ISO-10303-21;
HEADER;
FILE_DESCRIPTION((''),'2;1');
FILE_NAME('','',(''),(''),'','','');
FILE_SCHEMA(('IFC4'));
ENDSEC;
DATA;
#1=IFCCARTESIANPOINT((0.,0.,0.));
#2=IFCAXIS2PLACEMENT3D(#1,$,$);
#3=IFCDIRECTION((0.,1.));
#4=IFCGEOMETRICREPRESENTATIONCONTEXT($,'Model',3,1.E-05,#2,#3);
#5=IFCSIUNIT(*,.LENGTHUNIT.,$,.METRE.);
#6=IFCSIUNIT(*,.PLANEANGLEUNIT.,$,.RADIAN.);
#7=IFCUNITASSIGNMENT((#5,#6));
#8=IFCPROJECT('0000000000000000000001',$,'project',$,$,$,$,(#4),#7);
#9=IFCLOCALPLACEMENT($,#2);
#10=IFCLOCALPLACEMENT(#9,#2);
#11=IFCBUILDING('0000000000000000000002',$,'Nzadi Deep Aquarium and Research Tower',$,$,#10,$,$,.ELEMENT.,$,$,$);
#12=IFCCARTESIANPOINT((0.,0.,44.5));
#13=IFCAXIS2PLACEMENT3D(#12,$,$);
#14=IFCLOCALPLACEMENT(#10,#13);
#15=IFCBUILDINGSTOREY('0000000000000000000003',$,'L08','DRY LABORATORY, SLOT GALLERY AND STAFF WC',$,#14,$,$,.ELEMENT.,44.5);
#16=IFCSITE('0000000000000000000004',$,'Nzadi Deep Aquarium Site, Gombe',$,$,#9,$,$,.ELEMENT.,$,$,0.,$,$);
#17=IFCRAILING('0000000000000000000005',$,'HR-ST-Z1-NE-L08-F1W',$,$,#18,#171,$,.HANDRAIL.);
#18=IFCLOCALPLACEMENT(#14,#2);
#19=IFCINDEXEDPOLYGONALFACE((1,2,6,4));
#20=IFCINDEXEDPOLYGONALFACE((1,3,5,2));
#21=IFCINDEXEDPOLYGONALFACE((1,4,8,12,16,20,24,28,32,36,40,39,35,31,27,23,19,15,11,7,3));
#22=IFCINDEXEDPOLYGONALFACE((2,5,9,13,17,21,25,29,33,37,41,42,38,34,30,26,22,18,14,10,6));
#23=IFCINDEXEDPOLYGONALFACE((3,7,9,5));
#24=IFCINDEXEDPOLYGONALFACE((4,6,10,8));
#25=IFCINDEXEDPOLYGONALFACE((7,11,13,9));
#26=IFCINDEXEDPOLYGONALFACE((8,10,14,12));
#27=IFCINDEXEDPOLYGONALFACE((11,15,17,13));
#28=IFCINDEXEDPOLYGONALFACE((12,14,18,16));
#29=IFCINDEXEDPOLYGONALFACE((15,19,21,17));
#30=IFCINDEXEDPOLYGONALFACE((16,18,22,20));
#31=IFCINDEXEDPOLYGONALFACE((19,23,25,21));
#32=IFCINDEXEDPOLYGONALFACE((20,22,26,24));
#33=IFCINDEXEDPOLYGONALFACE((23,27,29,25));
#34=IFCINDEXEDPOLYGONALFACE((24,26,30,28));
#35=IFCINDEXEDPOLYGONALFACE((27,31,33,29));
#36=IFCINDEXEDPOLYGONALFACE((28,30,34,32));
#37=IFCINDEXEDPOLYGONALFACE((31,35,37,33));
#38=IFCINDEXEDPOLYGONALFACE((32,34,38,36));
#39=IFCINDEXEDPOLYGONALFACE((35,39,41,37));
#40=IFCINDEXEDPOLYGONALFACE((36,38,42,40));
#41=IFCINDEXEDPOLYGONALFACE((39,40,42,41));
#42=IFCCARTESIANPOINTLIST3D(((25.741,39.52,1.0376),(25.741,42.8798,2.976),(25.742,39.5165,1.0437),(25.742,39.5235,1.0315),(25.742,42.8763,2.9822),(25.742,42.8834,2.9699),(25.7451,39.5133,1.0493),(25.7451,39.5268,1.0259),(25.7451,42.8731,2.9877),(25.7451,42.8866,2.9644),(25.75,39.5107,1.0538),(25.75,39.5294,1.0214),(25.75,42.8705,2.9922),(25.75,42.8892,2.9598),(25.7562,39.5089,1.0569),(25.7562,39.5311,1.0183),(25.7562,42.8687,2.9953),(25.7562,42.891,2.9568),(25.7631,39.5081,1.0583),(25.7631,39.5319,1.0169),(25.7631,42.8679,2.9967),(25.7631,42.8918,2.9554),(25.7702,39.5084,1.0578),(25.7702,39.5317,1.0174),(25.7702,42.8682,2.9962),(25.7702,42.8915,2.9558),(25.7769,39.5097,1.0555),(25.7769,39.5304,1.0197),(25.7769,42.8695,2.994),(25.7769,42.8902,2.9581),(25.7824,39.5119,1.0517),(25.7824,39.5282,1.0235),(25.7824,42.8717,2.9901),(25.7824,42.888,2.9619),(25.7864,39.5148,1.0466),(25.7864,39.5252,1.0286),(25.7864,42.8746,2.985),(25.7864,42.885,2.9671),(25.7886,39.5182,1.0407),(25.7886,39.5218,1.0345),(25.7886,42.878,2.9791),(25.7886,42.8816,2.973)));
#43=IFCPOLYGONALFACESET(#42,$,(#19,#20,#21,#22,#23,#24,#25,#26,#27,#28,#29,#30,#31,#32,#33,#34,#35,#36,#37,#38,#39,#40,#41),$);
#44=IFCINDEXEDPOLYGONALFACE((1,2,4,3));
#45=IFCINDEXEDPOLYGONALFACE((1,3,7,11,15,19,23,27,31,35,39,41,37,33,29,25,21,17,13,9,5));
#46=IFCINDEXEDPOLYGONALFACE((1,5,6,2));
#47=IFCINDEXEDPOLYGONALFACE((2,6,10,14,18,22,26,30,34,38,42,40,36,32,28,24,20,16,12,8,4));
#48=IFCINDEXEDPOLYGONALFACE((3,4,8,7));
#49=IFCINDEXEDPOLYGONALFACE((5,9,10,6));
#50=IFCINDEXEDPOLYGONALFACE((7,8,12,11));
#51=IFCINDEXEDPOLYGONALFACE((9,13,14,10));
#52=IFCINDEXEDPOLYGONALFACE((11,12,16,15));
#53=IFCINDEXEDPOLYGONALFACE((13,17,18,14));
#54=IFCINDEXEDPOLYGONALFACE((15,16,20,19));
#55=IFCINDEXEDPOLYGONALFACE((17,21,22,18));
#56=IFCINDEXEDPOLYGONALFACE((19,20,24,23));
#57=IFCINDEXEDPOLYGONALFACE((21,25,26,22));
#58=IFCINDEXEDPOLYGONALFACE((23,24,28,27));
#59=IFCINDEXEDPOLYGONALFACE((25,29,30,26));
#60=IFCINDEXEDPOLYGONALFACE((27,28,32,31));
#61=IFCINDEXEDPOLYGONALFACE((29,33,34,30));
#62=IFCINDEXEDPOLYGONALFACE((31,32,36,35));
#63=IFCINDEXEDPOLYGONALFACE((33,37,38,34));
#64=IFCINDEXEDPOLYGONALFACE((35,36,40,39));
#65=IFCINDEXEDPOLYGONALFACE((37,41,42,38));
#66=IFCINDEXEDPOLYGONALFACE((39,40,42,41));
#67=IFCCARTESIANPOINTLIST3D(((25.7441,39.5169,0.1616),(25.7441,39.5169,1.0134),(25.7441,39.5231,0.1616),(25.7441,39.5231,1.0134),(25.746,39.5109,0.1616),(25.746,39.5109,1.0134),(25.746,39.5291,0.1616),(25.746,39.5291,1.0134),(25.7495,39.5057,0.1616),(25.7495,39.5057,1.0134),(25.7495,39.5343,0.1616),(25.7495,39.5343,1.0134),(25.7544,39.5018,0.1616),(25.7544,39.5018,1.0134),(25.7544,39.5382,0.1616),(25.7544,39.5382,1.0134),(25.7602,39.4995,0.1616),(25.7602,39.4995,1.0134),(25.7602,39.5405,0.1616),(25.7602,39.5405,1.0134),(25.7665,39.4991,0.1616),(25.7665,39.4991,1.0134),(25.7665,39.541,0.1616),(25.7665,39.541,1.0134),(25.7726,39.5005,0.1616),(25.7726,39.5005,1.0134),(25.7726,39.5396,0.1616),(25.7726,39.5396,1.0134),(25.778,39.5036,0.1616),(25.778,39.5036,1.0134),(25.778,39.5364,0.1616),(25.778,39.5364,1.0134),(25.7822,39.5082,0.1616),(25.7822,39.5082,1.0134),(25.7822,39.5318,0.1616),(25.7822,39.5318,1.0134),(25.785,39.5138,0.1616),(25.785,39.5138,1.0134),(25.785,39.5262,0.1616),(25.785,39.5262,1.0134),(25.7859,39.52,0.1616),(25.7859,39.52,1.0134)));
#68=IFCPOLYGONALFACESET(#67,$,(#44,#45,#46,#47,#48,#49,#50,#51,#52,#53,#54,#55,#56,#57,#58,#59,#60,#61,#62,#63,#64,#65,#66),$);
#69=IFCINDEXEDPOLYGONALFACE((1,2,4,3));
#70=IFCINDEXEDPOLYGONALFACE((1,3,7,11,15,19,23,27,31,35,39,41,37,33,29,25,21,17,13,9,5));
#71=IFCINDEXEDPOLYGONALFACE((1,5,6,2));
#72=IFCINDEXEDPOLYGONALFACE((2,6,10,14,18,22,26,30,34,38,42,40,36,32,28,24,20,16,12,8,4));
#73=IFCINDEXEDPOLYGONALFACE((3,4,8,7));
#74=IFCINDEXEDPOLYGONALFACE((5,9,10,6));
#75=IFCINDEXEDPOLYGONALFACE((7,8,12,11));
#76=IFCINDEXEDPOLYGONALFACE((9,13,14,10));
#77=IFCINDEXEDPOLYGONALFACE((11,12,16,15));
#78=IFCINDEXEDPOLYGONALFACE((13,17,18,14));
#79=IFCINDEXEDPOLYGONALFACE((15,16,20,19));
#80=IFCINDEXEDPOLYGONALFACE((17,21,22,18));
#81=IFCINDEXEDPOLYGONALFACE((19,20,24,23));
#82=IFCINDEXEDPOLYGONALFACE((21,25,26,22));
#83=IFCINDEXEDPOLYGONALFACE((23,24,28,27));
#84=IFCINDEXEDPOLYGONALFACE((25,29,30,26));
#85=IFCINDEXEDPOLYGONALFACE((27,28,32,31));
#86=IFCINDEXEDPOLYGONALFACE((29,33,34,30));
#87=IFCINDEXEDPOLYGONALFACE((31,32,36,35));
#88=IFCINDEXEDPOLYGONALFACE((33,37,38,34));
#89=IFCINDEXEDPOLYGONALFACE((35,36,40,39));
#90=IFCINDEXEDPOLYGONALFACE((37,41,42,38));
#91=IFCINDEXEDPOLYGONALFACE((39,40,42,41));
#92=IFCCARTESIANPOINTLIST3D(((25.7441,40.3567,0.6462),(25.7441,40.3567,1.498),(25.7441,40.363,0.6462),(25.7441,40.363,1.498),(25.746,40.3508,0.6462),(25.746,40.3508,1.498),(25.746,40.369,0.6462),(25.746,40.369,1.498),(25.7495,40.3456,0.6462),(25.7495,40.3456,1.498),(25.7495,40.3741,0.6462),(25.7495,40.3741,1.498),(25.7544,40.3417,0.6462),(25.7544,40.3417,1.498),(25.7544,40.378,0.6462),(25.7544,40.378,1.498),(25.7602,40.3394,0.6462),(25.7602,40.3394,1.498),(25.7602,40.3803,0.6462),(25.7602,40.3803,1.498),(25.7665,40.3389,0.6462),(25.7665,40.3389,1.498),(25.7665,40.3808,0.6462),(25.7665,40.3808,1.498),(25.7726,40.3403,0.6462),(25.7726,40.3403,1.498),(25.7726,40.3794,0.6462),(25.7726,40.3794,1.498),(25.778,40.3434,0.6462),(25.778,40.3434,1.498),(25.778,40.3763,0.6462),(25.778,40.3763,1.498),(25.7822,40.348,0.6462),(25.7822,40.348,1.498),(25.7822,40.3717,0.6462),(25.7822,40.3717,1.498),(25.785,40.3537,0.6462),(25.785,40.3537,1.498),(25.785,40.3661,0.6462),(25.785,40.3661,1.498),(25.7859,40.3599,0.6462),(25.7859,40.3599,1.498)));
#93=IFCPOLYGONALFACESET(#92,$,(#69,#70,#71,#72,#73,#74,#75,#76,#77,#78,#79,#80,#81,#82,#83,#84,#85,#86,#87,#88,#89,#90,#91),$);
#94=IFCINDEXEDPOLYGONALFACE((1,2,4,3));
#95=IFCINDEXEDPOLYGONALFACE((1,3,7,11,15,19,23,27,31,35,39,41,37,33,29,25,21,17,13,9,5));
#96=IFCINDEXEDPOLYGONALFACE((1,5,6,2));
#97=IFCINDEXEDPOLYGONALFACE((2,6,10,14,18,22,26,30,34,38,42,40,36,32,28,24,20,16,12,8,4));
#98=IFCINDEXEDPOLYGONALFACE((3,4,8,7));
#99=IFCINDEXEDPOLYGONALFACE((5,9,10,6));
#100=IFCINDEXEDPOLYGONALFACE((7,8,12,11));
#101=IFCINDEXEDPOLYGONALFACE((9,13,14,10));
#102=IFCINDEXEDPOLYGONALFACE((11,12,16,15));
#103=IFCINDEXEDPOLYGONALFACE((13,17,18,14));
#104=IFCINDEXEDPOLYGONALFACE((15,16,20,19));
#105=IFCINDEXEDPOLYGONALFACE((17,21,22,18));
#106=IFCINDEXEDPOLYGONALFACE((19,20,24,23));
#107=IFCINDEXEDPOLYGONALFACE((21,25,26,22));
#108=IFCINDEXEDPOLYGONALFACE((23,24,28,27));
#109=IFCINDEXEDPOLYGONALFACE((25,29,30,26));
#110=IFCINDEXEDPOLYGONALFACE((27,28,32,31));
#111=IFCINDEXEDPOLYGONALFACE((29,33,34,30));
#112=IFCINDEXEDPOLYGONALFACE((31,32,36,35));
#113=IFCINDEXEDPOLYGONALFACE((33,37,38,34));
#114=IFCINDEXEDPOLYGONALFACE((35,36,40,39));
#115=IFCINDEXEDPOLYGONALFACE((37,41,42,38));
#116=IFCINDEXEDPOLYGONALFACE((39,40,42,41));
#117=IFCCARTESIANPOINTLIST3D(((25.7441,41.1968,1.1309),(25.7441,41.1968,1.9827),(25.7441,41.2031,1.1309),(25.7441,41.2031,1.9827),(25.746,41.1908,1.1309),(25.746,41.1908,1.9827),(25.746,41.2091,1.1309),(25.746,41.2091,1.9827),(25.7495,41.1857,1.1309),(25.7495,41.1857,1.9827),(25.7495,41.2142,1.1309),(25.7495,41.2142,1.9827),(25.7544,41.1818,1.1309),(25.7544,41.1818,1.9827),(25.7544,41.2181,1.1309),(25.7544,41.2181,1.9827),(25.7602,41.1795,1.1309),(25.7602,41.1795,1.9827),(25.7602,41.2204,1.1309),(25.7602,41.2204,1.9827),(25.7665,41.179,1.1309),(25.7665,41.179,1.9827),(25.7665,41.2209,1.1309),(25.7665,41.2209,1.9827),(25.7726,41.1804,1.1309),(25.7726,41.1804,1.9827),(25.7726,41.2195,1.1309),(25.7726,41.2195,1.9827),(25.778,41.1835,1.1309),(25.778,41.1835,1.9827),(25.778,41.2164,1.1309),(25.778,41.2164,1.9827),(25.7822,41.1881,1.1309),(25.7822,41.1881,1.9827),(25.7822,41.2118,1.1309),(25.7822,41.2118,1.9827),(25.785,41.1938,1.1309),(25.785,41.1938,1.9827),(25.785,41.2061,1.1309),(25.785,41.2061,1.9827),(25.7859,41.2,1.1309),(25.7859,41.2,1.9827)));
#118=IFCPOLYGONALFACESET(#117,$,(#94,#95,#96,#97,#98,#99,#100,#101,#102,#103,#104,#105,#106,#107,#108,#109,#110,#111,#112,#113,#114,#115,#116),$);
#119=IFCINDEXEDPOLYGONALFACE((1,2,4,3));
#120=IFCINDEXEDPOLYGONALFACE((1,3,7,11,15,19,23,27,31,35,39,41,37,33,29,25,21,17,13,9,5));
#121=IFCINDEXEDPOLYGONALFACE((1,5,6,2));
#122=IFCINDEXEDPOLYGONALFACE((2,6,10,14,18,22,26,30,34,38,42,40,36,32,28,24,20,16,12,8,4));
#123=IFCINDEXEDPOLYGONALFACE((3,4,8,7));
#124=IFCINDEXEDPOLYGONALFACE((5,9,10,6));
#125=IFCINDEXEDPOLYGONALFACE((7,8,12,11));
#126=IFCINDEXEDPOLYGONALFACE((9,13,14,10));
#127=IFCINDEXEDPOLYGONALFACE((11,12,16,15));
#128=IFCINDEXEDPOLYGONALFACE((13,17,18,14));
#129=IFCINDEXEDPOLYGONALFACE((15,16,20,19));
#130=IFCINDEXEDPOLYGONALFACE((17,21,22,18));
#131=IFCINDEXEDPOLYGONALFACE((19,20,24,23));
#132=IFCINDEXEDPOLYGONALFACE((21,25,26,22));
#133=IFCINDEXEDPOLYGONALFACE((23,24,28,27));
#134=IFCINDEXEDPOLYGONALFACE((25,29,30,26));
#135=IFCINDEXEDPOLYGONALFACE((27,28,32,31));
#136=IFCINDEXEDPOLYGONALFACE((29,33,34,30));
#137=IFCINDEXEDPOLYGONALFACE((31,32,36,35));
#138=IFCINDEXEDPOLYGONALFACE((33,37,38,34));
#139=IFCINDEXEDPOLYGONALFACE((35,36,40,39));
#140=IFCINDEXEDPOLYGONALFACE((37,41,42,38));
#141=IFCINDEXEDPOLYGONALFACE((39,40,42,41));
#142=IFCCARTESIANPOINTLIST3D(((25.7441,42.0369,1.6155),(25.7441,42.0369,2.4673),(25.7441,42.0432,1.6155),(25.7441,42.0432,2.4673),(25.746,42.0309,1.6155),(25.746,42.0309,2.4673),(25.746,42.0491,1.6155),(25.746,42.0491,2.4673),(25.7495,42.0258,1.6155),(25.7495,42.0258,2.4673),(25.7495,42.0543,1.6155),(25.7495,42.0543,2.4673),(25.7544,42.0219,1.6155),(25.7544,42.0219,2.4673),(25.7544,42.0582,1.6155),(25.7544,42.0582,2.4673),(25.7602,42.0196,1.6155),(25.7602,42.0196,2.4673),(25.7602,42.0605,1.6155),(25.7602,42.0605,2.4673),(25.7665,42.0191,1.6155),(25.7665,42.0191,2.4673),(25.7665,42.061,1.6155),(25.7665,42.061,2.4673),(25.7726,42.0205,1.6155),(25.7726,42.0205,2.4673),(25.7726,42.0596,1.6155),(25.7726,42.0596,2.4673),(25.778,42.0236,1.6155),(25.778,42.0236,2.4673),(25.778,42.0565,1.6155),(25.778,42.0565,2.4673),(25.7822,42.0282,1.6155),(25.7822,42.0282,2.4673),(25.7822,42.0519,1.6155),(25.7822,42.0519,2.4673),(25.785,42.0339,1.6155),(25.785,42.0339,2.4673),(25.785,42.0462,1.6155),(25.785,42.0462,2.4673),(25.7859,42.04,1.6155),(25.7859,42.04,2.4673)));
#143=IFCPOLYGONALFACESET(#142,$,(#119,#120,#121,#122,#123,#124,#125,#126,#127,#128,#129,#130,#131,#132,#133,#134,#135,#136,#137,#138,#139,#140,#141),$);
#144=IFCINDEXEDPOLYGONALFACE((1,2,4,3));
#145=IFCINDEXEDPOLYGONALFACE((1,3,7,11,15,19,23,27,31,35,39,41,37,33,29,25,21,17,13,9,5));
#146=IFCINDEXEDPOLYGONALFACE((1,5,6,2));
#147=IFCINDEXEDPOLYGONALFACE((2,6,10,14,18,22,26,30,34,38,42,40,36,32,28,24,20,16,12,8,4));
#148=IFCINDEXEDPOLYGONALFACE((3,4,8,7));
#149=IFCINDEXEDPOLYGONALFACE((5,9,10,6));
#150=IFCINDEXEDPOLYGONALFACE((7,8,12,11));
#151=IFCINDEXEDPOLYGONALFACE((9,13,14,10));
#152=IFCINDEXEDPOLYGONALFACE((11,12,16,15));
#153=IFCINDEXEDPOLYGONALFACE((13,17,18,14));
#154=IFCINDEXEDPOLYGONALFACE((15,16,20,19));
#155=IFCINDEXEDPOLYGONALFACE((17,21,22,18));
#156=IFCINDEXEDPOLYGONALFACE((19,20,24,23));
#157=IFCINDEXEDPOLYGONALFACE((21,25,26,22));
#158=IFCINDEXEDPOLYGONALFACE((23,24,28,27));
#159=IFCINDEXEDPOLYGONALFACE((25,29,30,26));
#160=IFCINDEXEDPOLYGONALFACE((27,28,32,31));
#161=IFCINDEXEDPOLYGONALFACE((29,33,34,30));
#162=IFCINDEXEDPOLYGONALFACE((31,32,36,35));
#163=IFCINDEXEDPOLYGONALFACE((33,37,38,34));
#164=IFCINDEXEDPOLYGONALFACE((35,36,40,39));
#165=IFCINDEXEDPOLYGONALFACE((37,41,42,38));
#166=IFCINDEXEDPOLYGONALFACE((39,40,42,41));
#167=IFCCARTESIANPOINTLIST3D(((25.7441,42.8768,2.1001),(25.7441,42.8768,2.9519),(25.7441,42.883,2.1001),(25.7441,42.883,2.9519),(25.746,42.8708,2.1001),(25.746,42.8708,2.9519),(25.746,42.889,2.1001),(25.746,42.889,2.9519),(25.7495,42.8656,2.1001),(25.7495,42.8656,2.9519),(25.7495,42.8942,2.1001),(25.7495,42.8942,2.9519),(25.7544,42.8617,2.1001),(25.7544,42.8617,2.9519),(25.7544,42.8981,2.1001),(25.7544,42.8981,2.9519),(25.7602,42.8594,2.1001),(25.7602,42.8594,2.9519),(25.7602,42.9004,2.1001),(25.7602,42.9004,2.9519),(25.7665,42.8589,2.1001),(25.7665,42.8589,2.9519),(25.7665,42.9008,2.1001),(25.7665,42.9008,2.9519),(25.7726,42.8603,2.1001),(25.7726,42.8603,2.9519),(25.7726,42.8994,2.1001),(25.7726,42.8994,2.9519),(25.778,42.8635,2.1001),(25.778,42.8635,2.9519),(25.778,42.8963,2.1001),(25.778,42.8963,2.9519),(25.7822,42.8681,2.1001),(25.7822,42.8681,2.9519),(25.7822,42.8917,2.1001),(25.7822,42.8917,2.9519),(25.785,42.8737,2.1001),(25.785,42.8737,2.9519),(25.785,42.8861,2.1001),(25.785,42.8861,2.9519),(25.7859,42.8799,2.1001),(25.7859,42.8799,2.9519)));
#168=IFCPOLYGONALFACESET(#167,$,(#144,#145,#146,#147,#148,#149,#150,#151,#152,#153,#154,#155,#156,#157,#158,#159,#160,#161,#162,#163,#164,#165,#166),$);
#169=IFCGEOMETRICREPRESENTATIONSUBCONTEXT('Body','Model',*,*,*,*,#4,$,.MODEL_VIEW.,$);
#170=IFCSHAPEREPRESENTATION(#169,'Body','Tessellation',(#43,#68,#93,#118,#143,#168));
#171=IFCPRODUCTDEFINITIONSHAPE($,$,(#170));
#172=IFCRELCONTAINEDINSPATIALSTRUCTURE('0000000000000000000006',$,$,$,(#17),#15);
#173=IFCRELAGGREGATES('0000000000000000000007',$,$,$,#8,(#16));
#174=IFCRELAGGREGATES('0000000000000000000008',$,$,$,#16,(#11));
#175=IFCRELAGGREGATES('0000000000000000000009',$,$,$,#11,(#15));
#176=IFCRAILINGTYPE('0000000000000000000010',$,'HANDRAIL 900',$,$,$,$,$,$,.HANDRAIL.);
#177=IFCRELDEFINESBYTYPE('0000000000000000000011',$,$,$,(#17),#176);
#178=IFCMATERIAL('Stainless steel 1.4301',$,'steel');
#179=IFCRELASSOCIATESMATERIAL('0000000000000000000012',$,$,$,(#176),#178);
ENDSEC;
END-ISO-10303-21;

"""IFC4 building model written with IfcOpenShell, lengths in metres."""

from ifc_helpers import new_model, si_unit, direction, frame, origin, origin_2d, place, context, subcontext, project, spatial, circle, extrude, material, type_object, element, save


model = new_model("IFC4")

# Units and contexts
model_context = context("Model", 3, precision=1e-05, world=origin(), true_north=direction((0.0, 1.0)))
body_context = subcontext(model_context, "Body", "Model", "MODEL_VIEW")
ifc_project = project(units=[si_unit("LENGTHUNIT", "METRE"), si_unit("PLANEANGLEUNIT", "RADIAN")], contexts=[model_context])

# Site, building, storey
site_placement = place(None, origin())
site = spatial("IfcSite", under=ifc_project, at=site_placement, Name="Nzadi Deep Aquarium Site, Gombe", CompositionType="ELEMENT", RefElevation=0.0)
building_placement = place(site_placement, origin())
building = spatial("IfcBuilding", under=site, at=building_placement, Name="Nzadi Deep Aquarium and Research Tower", CompositionType="ELEMENT")
storey_placement = place(building_placement, frame((0.0, 0.0, 44.5)))
storey = spatial("IfcBuildingStorey", under=building, at=storey_placement, Name="L08", Description="DRY LABORATORY, SLOT GALLERY AND STAFF WC", CompositionType="ELEMENT", Elevation=44.5)

# Railing
ifc_material_1 = material(Name="Stainless steel 1.4301", Category="steel")
railing_type = type_object("IfcRailingType", Name="HANDRAIL 900", PredefinedType="HANDRAIL", material=ifc_material_1)
for number, where, name in (
    (1, (25.7649, 39.52, 0.1616), "HR-ST-Z1-NE-L08-F1W"),
):
    element("IfcRailing", number, at=place(storey_placement, frame(where)), inside=storey, type_object=railing_type, Name=name, PredefinedType="HANDRAIL", context=body_context, shape_type="SweptSolid", body=[
        extrude(circle(Radius=0.0239, at=origin_2d()), frame((0.0, 0.0, 0.876), z_axis=(0.0, 0.866175, 0.499741), x_axis=(-1.0, 0.0, 0.0)), (0.0, 0.0, 1.0), 3.8789),
        extrude(circle(Radius=0.021, at=origin_2d()), origin(), (0.0, 0.0, 1.0), 0.8518),
        extrude(circle(Radius=0.021, at=origin_2d()), frame((0.0, 0.8398, 0.4846)), (0.0, 0.0, 1.0), 0.8518),
        extrude(circle(Radius=0.021, at=origin_2d()), frame((0.0, 1.6799, 0.9692)), (0.0, 0.0, 1.0), 0.8518),
        extrude(circle(Radius=0.021, at=origin_2d()), frame((0.0, 2.52, 1.4539)), (0.0, 0.0, 1.0), 0.8518),
        extrude(circle(Radius=0.021, at=origin_2d()), frame((0.0, 3.3599, 1.9385)), (0.0, 0.0, 1.0), 0.8518),
    ])

save(model, "model.ifc")
